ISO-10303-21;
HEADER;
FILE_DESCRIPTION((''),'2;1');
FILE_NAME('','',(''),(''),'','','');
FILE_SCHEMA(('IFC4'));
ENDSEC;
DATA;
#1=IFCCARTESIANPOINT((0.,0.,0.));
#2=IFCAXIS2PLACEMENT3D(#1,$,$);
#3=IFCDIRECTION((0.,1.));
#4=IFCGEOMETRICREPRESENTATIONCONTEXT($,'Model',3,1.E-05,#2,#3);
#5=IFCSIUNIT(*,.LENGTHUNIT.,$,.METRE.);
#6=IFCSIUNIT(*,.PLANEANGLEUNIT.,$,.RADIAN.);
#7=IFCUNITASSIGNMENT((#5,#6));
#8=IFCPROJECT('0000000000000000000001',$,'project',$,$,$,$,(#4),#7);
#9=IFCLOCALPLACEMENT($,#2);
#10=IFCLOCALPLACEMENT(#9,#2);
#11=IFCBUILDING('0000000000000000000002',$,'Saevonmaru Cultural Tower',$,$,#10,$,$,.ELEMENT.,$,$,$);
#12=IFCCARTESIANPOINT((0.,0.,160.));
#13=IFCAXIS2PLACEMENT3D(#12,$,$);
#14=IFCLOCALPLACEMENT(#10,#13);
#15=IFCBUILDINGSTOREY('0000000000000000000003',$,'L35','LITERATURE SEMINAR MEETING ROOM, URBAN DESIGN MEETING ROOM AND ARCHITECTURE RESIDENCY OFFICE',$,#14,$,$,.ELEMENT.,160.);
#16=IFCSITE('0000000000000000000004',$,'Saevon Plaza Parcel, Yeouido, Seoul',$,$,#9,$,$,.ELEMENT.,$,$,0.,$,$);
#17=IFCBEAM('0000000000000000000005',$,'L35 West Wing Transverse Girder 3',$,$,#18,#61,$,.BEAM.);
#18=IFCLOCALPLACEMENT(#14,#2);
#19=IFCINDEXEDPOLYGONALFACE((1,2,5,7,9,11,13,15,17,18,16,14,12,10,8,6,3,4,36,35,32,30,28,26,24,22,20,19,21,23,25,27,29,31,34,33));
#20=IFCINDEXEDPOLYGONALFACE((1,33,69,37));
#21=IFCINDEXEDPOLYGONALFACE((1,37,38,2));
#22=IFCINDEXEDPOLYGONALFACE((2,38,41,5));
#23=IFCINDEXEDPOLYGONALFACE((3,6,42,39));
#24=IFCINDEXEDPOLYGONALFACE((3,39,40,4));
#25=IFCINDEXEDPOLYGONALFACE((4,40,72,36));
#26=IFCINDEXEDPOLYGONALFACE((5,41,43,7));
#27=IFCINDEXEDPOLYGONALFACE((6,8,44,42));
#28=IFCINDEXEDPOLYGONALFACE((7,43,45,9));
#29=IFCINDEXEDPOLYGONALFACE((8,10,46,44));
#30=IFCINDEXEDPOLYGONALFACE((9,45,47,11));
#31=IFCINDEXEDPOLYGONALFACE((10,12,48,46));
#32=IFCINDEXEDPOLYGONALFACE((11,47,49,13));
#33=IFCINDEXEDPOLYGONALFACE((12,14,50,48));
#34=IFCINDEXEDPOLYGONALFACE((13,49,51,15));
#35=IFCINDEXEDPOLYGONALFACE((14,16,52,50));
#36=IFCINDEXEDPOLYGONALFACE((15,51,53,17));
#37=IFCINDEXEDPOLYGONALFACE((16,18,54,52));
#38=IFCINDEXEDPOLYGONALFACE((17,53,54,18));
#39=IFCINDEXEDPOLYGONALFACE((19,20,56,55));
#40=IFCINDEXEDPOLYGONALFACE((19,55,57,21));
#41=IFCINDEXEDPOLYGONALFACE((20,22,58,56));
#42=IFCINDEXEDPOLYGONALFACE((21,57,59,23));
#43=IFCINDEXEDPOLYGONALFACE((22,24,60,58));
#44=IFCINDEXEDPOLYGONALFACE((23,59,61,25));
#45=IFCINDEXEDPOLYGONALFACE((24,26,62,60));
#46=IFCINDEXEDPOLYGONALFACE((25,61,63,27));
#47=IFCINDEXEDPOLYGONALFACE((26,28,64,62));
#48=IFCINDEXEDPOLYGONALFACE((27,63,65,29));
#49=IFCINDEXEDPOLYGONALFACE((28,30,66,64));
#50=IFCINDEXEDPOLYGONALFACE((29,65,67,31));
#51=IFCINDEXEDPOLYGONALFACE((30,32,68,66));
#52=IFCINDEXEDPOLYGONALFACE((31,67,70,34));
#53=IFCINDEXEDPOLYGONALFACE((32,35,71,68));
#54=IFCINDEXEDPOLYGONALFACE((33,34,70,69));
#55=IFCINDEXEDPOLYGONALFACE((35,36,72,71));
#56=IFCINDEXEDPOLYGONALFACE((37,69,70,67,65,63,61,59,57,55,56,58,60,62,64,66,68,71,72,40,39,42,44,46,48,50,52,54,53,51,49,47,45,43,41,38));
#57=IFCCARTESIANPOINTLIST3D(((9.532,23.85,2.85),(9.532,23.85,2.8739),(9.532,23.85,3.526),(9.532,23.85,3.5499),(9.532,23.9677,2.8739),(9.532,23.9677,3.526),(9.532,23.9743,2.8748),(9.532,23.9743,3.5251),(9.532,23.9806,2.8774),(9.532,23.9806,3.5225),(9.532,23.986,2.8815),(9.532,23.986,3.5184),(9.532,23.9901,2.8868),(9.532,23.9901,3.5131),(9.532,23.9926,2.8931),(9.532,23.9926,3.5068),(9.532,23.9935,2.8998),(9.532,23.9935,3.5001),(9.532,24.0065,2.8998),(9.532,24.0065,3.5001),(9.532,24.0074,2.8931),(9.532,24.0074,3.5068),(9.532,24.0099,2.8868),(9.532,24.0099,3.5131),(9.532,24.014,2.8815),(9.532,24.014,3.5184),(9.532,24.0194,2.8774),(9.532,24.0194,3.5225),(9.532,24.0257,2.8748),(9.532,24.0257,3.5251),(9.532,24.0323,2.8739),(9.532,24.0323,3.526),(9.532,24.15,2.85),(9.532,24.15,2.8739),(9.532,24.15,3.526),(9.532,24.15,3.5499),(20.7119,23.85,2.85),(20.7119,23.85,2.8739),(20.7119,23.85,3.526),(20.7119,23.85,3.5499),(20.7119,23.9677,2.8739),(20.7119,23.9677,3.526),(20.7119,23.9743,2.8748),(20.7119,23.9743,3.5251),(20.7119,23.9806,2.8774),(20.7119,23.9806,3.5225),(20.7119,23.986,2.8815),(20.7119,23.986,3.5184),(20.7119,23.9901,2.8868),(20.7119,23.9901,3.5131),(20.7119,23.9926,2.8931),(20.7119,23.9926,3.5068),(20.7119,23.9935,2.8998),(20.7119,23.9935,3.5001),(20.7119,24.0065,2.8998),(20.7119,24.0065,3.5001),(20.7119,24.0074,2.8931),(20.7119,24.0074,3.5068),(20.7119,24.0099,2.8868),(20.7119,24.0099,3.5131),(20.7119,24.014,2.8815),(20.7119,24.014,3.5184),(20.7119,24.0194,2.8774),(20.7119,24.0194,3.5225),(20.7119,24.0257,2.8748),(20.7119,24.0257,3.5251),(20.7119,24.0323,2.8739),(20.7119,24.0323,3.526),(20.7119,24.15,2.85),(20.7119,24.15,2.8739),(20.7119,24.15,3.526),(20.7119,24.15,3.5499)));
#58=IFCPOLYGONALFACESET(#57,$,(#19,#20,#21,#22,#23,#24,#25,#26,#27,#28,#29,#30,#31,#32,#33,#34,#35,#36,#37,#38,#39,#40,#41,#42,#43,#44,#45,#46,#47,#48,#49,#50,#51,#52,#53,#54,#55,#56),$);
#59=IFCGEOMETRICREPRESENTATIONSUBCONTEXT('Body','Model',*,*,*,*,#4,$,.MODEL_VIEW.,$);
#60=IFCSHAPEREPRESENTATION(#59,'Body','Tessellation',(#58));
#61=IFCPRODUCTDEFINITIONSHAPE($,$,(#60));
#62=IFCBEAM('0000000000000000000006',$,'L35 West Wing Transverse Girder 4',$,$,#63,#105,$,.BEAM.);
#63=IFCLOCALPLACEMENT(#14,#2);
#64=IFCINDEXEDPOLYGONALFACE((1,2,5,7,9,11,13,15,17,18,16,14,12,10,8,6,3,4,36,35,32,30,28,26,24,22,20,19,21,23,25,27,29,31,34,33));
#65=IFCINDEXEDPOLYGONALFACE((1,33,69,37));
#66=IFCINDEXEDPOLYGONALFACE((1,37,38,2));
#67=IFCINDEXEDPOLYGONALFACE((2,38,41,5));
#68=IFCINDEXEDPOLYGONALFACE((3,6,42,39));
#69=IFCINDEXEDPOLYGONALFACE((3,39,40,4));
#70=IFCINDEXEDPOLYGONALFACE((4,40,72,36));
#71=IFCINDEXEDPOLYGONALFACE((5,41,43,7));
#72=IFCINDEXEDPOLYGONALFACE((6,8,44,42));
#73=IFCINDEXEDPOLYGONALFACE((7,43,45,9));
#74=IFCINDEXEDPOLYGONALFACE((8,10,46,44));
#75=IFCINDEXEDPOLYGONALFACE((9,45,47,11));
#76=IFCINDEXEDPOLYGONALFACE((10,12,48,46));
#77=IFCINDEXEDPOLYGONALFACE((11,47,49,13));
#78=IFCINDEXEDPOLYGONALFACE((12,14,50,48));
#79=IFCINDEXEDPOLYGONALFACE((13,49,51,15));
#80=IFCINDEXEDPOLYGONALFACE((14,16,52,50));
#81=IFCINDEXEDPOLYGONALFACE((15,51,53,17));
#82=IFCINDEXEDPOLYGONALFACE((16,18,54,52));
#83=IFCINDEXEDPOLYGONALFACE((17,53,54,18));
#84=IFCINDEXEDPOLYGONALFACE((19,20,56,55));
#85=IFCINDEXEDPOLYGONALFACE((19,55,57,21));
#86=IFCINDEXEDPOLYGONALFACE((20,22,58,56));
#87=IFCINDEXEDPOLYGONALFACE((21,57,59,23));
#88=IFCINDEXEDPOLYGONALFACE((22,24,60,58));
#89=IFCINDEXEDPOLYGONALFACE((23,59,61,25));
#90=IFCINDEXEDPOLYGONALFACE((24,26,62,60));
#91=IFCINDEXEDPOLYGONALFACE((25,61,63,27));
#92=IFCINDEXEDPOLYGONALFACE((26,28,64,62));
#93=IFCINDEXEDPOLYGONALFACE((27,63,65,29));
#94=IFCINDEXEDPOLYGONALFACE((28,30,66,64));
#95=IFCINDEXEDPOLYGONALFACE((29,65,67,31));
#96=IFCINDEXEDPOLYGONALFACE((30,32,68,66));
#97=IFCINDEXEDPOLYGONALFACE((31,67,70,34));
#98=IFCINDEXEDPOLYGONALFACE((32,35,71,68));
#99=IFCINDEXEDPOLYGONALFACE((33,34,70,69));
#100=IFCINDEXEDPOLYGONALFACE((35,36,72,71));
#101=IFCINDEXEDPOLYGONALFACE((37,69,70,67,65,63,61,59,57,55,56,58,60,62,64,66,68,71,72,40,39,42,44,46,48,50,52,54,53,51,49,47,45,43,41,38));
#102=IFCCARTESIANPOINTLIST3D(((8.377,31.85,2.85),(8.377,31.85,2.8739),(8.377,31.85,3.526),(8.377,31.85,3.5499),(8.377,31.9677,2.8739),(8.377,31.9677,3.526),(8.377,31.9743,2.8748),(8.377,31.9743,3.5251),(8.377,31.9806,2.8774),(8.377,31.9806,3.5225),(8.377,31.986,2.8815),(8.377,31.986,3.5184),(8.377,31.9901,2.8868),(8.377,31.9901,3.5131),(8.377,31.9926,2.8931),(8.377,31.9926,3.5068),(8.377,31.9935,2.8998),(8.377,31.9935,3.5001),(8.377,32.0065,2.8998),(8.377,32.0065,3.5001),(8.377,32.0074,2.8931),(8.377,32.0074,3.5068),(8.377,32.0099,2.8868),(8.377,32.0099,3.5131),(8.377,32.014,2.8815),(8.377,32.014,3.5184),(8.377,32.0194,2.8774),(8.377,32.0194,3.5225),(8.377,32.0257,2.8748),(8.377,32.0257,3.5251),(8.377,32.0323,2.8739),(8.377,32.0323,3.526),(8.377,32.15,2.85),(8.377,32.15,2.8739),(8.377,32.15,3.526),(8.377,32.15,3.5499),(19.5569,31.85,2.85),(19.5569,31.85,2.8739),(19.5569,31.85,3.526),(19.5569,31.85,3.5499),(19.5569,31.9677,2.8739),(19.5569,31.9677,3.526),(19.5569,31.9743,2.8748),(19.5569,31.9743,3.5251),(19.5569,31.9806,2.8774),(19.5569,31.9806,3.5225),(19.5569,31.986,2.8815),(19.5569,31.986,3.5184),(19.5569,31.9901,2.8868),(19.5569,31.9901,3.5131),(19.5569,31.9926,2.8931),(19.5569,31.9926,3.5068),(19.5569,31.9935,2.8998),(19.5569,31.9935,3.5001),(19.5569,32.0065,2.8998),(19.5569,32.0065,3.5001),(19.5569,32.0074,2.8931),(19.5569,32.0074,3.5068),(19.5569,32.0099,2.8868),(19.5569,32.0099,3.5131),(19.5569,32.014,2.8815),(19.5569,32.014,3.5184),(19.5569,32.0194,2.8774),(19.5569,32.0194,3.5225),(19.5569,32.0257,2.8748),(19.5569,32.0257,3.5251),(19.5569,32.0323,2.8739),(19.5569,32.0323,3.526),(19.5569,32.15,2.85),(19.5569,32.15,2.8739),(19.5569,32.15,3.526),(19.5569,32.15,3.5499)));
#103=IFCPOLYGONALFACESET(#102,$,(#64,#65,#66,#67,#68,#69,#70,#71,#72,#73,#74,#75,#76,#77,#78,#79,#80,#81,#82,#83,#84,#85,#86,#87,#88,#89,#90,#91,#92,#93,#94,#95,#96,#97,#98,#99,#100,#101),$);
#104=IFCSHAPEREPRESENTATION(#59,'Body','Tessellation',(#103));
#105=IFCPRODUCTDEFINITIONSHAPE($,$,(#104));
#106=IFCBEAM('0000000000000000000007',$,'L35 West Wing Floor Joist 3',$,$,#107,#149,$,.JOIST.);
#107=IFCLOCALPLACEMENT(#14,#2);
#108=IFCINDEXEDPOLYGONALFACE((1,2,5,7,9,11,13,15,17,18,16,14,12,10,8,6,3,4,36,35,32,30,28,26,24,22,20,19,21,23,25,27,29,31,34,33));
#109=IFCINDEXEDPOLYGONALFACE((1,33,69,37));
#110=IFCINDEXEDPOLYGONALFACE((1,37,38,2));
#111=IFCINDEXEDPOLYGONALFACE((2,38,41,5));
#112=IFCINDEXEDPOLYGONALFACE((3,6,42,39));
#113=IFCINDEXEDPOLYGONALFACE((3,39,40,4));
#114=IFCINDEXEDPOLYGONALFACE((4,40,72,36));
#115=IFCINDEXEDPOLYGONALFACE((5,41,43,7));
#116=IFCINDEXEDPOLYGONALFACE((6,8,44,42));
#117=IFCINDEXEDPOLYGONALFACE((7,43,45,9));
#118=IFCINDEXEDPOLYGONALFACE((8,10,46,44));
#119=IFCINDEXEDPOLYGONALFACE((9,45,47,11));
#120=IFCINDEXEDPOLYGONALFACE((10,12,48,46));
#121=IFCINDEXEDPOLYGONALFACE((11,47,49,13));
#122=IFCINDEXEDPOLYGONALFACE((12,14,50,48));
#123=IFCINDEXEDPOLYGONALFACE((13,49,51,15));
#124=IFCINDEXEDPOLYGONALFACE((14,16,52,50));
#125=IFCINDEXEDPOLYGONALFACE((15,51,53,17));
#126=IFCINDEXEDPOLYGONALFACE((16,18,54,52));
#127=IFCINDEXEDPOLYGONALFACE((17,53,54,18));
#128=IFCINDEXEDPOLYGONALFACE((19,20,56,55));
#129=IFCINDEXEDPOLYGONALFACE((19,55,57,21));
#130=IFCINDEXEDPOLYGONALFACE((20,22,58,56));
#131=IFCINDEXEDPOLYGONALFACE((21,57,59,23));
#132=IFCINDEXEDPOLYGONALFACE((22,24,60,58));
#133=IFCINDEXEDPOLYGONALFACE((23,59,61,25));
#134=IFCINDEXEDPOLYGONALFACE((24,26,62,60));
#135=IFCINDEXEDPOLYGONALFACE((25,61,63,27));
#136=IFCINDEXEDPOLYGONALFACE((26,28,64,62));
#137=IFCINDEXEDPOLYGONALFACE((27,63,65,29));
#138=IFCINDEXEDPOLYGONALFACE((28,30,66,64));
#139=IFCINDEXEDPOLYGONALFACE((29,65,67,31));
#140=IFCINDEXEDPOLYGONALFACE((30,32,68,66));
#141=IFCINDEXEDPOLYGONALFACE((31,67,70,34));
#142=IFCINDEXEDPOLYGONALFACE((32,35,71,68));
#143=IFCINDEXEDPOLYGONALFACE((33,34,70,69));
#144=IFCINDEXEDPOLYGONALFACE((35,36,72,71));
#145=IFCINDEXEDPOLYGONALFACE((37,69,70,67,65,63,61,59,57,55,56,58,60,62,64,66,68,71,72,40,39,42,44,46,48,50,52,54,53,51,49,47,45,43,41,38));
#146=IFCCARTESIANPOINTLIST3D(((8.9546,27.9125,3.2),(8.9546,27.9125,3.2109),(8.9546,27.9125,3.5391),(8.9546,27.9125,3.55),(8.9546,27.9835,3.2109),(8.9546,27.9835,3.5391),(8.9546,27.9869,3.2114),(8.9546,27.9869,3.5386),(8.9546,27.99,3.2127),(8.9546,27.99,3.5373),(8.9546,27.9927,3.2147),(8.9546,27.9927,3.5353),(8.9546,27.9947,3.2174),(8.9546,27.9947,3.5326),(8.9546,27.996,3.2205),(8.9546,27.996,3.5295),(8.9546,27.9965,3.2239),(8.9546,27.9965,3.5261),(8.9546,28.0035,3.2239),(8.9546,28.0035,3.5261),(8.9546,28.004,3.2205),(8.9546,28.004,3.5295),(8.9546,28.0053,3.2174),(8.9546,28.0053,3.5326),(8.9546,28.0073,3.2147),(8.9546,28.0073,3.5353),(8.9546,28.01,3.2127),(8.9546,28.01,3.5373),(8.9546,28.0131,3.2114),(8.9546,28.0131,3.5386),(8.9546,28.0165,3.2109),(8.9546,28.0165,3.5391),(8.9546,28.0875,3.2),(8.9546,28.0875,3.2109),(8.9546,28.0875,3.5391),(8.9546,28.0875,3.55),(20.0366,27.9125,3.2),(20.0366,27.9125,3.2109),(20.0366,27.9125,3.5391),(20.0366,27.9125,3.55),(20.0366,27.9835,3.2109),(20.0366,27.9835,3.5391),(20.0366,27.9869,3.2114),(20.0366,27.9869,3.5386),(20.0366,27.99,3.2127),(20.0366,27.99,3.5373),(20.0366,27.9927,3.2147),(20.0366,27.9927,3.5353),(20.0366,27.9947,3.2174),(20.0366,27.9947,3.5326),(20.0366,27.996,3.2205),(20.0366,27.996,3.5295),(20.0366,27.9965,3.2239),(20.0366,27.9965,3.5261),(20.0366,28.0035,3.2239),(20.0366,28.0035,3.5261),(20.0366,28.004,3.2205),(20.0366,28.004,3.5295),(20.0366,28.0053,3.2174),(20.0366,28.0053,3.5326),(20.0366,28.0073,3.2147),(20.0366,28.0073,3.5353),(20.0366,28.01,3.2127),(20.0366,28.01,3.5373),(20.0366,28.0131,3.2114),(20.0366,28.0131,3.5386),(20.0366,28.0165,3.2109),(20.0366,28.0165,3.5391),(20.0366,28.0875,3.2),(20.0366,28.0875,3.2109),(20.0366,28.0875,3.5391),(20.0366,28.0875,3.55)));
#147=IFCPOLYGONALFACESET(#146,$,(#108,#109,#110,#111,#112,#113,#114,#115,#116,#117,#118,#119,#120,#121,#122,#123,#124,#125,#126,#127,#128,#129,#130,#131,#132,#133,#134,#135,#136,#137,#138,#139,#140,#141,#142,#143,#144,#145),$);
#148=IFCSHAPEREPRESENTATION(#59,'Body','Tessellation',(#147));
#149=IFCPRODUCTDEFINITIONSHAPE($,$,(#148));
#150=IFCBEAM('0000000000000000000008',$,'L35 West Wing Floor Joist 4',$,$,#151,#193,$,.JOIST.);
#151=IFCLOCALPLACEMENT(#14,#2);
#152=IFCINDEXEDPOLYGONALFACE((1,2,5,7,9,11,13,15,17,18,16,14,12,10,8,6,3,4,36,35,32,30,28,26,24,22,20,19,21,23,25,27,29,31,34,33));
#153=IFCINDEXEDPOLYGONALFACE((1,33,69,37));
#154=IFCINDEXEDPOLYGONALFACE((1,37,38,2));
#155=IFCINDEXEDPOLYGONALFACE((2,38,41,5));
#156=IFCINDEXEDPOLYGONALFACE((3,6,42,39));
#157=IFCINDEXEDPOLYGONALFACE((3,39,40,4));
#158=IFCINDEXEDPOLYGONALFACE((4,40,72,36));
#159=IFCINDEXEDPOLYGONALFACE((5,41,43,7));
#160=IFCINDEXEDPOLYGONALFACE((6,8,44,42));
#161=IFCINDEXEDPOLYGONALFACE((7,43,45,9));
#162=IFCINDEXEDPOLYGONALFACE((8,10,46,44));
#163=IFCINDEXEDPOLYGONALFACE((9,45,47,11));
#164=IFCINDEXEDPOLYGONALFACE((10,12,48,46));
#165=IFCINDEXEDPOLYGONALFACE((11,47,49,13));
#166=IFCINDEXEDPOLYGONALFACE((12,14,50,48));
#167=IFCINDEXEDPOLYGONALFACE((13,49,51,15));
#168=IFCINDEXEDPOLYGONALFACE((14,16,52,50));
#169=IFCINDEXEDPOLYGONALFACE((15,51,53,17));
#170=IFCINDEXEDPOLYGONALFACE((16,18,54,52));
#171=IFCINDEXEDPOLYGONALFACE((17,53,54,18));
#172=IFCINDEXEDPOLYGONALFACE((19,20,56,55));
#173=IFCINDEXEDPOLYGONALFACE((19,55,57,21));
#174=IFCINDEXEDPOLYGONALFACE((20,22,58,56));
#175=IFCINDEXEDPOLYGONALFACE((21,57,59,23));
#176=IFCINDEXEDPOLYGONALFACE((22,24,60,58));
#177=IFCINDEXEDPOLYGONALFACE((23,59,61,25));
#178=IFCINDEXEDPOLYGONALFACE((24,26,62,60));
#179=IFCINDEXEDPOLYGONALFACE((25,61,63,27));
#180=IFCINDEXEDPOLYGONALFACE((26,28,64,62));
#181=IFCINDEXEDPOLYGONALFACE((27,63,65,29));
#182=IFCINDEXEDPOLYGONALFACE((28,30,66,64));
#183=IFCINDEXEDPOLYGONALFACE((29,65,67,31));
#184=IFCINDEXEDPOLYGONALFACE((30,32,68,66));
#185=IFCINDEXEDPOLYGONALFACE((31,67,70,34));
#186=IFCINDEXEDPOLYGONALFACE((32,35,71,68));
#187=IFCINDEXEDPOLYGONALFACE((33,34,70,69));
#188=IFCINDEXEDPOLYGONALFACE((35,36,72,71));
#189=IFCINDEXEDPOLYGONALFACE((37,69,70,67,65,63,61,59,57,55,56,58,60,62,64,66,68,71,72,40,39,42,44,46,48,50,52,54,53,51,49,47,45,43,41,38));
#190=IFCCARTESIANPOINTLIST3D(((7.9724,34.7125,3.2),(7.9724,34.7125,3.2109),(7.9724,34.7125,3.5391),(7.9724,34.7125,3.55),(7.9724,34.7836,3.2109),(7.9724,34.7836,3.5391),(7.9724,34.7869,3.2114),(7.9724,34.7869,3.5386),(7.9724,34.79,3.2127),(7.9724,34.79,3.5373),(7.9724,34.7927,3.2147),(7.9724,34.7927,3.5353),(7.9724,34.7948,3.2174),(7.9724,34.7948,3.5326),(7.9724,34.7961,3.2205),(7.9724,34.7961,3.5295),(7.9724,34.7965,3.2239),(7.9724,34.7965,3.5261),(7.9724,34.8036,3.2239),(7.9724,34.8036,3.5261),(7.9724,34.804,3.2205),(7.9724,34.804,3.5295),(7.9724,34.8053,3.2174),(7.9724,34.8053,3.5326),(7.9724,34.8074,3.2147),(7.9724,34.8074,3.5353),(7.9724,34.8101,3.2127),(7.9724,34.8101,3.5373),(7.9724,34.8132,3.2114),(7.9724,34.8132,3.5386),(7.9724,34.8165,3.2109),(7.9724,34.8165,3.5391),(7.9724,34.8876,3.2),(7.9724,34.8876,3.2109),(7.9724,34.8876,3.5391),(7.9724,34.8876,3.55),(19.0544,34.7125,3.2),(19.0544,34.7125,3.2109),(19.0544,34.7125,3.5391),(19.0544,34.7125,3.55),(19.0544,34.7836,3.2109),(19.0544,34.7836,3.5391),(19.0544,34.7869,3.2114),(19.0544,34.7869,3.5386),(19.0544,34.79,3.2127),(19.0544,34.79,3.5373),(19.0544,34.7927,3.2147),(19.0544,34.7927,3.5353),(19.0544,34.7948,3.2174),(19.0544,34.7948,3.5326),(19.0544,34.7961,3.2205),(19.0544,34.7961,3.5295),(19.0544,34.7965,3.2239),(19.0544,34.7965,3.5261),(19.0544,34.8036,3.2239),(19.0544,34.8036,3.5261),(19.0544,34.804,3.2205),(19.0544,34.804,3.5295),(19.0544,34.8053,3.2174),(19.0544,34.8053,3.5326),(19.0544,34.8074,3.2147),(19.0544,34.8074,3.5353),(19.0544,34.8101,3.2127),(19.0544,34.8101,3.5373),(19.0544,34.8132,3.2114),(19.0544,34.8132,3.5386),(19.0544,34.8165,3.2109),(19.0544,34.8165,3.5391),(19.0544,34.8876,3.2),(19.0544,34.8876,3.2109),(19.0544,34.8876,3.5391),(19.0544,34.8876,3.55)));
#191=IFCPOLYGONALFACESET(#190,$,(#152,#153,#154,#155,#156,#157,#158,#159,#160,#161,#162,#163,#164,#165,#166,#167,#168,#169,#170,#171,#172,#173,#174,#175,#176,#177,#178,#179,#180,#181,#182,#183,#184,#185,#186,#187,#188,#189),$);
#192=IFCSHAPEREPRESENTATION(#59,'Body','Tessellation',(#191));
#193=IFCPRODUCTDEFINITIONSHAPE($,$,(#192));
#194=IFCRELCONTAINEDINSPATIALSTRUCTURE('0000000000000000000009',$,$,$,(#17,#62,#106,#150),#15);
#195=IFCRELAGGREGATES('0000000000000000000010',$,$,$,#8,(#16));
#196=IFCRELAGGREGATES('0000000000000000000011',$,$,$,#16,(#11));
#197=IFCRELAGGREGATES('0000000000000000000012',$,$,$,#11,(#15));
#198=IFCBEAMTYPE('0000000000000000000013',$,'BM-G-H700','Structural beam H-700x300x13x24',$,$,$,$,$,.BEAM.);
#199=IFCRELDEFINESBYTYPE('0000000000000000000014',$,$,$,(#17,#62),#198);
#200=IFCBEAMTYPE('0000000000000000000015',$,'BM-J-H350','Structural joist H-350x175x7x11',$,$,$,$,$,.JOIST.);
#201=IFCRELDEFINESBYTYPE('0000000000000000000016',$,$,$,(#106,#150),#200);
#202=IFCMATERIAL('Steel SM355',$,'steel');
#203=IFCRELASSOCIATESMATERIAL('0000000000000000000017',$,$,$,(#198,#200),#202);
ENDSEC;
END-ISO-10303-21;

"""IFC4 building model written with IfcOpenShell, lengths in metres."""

from ifc_helpers import new_model, si_unit, direction, frame, origin, origin_2d, place, context, subcontext, project, spatial, i_section, extrude, material, material_profile, profile_set, type_object, element, save


model = new_model("IFC4")

# Units and contexts
model_context = context("Model", 3, precision=1e-05, world=origin(), true_north=direction((0.0, 1.0)))
body_context = subcontext(model_context, "Body", "Model", "MODEL_VIEW")
ifc_project = project(units=[si_unit("LENGTHUNIT", "METRE"), si_unit("PLANEANGLEUNIT", "RADIAN")], contexts=[model_context])

# Site, building, storey
site_placement = place(None, origin())
site = spatial("IfcSite", under=ifc_project, at=site_placement, Name="Saevon Plaza Parcel, Yeouido, Seoul", CompositionType="ELEMENT", RefElevation=0.0)
building_placement = place(site_placement, origin())
building = spatial("IfcBuilding", under=site, at=building_placement, Name="Saevonmaru Cultural Tower", CompositionType="ELEMENT")
storey_placement = place(building_placement, frame((0.0, 0.0, 160.0)))
storey = spatial("IfcBuildingStorey", under=building, at=storey_placement, Name="L35", Description="LITERATURE SEMINAR MEETING ROOM, URBAN DESIGN MEETING ROOM AND ARCHITECTURE RESIDENCY OFFICE", CompositionType="ELEMENT", Elevation=160.0)

# Shared definitions
ifc_material_1 = material(Name="Steel SM355", Category="steel")

# Beams
ifc_material_profile_1 = material_profile(ifc_material_1, i_section(OverallWidth=0.3, OverallDepth=0.7, WebThickness=0.0129, FlangeThickness=0.0239, FilletRadius=0.0259, at=origin_2d()), Name="H-700x300x13x24")
ifc_profile_set_1 = profile_set([ifc_material_profile_1], Name="Steel SM355")
beam_type_1 = type_object("IfcBeamType", Name="BM-G-H700", Description="Structural beam H-700x300x13x24", PredefinedType="BEAM", material=ifc_profile_set_1)
for number, where, z_axis, x_axis, name in (
    (1, (9.532, 24.0, 3.2), (1.0, 0.0, 0.0), (0.0, 1.0, 0.0), "L35 West Wing Transverse Girder 3"),
    (2, (8.377, 32.0, 3.2), (1.0, 0.0, 0.0), (0.0, 1.0, 0.0), "L35 West Wing Transverse Girder 4"),
):
    element("IfcBeam", number, at=place(storey_placement, frame(where, z_axis=z_axis, x_axis=x_axis)), inside=storey, type_object=beam_type_1, Name=name, PredefinedType="BEAM", context=body_context, shape_type="SweptSolid", body=[
        extrude(i_section(OverallWidth=0.3, OverallDepth=0.7, WebThickness=0.0129, FlangeThickness=0.0239, FilletRadius=0.0259, at=origin_2d()), origin(), (0.0, 0.0, 1.0), 11.1799),
    ])
ifc_material_profile_2 = material_profile(ifc_material_1, i_section(OverallWidth=0.175, OverallDepth=0.3501, WebThickness=0.0071, FlangeThickness=0.011, FilletRadius=0.0129, at=origin_2d()), Name="H-350x175x7x11")
ifc_profile_set_2 = profile_set([ifc_material_profile_2], Name="Steel SM355")
beam_type_2 = type_object("IfcBeamType", Name="BM-J-H350", Description="Structural joist H-350x175x7x11", PredefinedType="JOIST", material=ifc_profile_set_2)
for number, where, z_axis, x_axis, name in (
    (3, (8.9546, 28.0, 3.375), (1.0, 0.0, 0.0), (0.0, 1.0, 0.0), "L35 West Wing Floor Joist 3"),
    (4, (7.9724, 34.8, 3.375), (1.0, 0.0, 0.0), (0.0, 1.0, 0.0), "L35 West Wing Floor Joist 4"),
):
    element("IfcBeam", number, at=place(storey_placement, frame(where, z_axis=z_axis, x_axis=x_axis)), inside=storey, type_object=beam_type_2, Name=name, PredefinedType="JOIST", context=body_context, shape_type="SweptSolid", body=[
        extrude(i_section(OverallWidth=0.175, OverallDepth=0.3501, WebThickness=0.0071, FlangeThickness=0.011, FilletRadius=0.0129, at=origin_2d()), origin(), (0.0, 0.0, 1.0), 11.082),
    ])

save(model, "model.ifc")
